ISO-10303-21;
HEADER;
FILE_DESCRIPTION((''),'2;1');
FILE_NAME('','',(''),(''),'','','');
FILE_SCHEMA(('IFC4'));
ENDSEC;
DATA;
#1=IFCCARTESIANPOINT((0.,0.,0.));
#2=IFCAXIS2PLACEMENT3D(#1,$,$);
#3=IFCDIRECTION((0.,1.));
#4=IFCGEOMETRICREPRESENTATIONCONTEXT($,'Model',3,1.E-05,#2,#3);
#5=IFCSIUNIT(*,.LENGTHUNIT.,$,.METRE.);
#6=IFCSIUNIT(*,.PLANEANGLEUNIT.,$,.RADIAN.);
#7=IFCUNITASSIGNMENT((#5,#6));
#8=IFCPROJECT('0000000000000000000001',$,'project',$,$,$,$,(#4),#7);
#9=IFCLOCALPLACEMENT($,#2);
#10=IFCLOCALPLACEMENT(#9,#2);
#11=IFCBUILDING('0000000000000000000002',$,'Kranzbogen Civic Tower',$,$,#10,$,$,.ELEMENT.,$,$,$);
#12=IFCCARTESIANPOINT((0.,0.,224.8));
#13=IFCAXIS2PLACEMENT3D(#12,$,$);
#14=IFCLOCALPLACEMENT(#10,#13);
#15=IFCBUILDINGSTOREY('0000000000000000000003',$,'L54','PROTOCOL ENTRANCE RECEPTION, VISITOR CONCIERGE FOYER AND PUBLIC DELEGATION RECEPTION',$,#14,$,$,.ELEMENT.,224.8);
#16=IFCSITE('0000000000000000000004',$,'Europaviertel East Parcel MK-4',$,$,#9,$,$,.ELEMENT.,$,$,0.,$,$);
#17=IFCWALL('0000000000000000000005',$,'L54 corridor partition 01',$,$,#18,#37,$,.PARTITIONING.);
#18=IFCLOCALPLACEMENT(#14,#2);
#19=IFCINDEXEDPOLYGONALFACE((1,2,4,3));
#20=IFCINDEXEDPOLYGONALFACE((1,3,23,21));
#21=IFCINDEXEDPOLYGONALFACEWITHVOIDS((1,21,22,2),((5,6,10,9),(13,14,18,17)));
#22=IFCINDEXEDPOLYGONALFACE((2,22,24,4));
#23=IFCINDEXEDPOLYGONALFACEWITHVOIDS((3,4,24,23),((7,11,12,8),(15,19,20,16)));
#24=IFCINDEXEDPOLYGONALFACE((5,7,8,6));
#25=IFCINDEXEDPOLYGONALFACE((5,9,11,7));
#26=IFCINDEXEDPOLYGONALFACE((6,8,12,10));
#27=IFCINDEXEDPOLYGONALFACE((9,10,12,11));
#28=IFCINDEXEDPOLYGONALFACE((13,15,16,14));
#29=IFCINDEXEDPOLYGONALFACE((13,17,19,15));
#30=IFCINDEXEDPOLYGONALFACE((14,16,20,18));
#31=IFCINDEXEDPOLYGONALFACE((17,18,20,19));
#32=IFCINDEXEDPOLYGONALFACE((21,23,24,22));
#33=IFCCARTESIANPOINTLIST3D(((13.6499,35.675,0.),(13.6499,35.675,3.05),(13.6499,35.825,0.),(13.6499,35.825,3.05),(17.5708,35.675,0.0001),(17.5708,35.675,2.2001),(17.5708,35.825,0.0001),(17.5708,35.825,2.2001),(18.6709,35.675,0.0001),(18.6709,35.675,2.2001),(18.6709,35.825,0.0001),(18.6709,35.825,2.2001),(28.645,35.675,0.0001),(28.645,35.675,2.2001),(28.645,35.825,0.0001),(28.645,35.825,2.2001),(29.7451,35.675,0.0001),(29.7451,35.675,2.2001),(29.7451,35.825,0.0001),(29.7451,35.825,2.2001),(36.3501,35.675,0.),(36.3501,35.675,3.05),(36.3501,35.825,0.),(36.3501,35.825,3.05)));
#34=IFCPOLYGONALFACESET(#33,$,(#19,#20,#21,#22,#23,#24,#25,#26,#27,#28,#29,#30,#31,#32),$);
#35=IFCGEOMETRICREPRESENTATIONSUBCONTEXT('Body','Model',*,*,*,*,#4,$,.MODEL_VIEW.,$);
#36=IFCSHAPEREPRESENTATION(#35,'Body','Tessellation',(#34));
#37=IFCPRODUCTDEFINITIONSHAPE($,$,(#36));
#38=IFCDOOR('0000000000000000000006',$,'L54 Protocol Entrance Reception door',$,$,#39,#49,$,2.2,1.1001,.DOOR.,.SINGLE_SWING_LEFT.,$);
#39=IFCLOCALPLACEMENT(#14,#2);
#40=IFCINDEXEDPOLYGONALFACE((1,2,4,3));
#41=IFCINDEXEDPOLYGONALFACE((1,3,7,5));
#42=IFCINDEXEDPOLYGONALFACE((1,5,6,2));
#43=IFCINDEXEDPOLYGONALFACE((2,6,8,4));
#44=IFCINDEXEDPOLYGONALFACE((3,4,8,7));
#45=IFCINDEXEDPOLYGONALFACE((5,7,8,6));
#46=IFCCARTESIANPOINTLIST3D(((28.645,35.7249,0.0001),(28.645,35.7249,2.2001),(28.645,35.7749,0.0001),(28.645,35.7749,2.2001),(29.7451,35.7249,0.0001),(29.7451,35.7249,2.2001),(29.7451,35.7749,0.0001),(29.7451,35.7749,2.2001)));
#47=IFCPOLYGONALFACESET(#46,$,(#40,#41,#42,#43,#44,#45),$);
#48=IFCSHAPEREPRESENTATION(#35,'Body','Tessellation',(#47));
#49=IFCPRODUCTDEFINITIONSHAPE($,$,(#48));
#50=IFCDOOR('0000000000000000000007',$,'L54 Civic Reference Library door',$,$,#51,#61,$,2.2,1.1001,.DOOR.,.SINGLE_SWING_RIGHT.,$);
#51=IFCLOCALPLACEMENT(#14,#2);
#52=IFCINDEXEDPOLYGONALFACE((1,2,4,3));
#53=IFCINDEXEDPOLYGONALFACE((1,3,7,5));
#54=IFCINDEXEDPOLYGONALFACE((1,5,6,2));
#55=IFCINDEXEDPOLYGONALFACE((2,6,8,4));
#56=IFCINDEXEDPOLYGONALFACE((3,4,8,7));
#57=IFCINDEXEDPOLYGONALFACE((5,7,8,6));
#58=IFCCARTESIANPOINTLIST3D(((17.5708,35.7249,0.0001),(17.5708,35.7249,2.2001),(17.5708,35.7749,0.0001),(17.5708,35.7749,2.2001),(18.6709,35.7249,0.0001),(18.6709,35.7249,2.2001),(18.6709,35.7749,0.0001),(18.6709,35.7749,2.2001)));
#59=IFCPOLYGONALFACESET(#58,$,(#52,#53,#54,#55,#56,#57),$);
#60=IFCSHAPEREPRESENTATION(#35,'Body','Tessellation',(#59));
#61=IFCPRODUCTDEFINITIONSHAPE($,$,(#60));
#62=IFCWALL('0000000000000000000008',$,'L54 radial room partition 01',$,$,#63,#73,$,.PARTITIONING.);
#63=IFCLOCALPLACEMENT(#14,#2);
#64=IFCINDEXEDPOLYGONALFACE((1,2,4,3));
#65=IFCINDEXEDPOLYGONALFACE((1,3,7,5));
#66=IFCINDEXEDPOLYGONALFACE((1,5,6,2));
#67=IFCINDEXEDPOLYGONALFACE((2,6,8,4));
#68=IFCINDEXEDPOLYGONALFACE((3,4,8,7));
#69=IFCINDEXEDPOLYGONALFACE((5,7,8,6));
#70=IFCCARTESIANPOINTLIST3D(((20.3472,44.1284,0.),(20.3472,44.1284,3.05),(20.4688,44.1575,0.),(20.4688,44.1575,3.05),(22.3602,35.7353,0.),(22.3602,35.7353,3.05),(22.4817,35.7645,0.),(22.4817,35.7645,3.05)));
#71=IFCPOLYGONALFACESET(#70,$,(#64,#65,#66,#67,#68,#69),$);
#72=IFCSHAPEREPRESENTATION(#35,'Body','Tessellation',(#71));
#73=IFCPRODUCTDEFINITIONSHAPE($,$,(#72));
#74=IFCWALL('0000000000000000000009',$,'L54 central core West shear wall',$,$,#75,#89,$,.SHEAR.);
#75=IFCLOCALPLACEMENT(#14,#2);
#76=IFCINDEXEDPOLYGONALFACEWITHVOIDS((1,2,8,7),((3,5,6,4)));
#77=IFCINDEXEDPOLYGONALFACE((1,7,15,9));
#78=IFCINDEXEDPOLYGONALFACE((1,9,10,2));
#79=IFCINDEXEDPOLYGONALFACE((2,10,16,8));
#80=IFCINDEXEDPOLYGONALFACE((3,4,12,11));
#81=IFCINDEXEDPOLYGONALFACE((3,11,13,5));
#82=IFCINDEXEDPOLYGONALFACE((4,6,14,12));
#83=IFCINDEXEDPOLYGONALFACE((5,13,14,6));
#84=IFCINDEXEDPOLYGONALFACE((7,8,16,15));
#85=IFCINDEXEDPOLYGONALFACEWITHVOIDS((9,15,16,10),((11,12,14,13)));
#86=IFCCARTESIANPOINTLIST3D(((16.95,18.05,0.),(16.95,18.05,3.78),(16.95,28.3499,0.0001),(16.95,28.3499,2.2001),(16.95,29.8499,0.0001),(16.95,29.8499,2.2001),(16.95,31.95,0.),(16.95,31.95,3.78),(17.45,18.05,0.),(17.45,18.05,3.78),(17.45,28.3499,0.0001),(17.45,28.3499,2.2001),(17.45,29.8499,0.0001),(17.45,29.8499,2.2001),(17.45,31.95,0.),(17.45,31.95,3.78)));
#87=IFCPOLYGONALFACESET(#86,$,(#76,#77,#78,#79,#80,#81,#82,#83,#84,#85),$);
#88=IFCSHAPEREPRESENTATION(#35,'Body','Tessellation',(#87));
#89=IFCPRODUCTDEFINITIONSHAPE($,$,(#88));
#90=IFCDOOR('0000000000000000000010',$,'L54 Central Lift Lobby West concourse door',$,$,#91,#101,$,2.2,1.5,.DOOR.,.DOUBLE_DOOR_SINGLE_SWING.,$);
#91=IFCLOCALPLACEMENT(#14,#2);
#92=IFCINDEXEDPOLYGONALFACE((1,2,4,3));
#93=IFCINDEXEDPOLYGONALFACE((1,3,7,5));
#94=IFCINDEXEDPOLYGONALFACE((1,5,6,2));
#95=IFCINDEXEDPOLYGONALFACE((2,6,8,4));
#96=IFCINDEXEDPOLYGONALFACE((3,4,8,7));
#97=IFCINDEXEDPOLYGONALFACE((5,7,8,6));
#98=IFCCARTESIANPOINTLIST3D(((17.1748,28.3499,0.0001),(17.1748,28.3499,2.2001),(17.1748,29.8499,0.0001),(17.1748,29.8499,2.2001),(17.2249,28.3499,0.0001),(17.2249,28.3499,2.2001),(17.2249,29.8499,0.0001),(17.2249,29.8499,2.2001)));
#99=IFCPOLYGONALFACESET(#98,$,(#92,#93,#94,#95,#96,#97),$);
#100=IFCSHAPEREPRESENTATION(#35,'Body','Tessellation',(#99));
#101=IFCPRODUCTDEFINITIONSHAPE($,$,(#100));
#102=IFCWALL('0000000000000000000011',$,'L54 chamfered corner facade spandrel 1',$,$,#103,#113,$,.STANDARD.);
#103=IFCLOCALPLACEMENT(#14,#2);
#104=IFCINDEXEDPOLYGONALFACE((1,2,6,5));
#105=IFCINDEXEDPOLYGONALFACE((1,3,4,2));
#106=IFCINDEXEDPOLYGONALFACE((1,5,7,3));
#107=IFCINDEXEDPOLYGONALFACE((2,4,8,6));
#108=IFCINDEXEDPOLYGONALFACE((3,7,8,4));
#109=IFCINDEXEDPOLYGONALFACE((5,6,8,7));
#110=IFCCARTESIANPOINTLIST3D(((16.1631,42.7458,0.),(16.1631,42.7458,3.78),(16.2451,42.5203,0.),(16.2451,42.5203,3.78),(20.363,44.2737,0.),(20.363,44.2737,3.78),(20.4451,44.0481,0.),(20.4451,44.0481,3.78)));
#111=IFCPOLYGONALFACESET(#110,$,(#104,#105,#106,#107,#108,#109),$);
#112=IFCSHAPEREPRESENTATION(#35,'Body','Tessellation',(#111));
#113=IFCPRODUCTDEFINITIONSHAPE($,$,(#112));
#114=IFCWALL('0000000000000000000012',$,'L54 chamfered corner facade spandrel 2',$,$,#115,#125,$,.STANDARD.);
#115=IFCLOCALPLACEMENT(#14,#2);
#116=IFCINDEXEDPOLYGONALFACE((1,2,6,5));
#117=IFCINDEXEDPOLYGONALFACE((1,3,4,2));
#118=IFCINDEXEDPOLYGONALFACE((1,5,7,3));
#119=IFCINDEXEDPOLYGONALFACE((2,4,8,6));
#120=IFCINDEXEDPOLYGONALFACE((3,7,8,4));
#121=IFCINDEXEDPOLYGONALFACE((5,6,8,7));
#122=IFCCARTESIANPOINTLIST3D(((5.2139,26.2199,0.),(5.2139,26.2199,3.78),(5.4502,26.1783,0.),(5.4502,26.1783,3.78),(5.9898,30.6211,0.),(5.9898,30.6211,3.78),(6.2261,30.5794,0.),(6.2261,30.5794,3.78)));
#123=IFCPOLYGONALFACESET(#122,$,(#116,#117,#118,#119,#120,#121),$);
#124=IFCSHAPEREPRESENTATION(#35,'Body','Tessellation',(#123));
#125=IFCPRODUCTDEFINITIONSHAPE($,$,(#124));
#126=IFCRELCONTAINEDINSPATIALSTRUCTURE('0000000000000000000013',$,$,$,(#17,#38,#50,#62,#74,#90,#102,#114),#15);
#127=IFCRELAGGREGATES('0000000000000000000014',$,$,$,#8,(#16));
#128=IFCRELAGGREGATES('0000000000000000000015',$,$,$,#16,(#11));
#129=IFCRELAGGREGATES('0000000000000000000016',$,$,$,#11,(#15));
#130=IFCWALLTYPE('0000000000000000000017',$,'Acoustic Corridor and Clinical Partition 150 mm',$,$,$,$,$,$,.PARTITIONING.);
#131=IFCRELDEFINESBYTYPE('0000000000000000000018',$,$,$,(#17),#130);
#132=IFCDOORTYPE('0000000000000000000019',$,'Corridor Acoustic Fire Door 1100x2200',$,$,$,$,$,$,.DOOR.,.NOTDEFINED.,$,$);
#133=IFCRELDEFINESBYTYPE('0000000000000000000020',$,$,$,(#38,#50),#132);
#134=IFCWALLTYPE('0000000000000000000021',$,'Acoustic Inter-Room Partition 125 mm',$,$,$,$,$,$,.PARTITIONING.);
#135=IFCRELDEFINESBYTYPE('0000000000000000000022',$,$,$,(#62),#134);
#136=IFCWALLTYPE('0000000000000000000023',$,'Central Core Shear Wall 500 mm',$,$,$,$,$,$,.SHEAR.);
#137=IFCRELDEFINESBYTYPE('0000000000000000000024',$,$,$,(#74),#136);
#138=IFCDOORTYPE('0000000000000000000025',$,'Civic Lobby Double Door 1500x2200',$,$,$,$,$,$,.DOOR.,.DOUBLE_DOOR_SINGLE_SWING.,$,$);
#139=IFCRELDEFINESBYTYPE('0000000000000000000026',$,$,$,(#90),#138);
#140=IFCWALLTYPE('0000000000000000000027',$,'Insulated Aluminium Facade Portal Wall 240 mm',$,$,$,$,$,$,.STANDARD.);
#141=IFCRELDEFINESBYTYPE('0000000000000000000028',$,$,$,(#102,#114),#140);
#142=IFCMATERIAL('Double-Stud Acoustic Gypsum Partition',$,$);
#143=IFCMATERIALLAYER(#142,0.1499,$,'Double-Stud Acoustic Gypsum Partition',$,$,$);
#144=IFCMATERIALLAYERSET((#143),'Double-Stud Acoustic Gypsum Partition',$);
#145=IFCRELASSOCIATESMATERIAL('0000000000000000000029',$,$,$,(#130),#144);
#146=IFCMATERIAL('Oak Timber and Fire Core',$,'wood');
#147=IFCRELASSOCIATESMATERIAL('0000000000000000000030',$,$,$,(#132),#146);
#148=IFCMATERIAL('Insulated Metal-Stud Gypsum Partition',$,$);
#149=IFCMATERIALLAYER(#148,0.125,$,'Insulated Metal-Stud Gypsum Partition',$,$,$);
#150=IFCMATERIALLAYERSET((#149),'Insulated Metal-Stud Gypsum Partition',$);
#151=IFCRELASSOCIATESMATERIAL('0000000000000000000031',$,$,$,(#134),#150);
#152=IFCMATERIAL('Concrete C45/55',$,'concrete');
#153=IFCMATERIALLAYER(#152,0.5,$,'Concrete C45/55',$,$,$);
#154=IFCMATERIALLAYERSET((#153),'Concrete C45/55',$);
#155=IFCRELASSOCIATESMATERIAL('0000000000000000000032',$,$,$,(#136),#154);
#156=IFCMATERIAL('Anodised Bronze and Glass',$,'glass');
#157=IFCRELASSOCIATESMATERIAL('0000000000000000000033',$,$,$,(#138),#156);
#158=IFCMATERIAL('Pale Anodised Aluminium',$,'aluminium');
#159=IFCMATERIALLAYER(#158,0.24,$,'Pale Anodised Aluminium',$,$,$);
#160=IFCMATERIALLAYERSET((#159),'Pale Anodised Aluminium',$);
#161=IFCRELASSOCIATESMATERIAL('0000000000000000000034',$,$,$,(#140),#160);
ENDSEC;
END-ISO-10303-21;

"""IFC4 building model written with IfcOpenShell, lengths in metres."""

from ifc_helpers import new_model, si_unit, direction, frame, frame_2d, origin, place, context, subcontext, project, spatial, rectangle, extrude, material, layer, layer_set, type_object, element, fill, save


model = new_model("IFC4")

# Units and contexts
model_context = context("Model", 3, precision=1e-05, world=origin(), true_north=direction((0.0, 1.0)))
body_context = subcontext(model_context, "Body", "Model", "MODEL_VIEW")
ifc_project = project(units=[si_unit("LENGTHUNIT", "METRE"), si_unit("PLANEANGLEUNIT", "RADIAN")], contexts=[model_context])

# Site, building, storey
site_placement = place(None, origin())
site = spatial("IfcSite", under=ifc_project, at=site_placement, Name="Europaviertel East Parcel MK-4", CompositionType="ELEMENT", RefElevation=0.0)
building_placement = place(site_placement, origin())
building = spatial("IfcBuilding", under=site, at=building_placement, Name="Kranzbogen Civic Tower", CompositionType="ELEMENT")
storey_placement = place(building_placement, frame((0.0, 0.0, 224.8)))
storey = spatial("IfcBuildingStorey", under=building, at=storey_placement, Name="L54", Description="PROTOCOL ENTRANCE RECEPTION, VISITOR CONCIERGE FOYER AND PUBLIC DELEGATION RECEPTION", CompositionType="ELEMENT", Elevation=224.8)

# Shared definitions
ifc_material_1 = material(Name="Pale Anodised Aluminium", Category="aluminium")

# Wall, openings, doors
ifc_material_2 = material(Name="Double-Stud Acoustic Gypsum Partition")
ifc_layer_1 = layer(ifc_material_2, 0.1499, Name="Double-Stud Acoustic Gypsum Partition")
ifc_layer_set_1 = layer_set([ifc_layer_1], Name="Double-Stud Acoustic Gypsum Partition")
wall_type_1 = type_object("IfcWallType", Name="Acoustic Corridor and Clinical Partition 150 mm", PredefinedType="PARTITIONING", material=ifc_layer_set_1)
wall_1_placement = place(storey_placement, frame((13.6499, 35.75, 0.0), z_axis=(0.0, 0.0, 1.0), x_axis=(1.0, 0.0, 0.0)))
wall_1 = element("IfcWall", 1, at=wall_1_placement, inside=storey, type_object=wall_type_1, Name="L54 corridor partition 01", PredefinedType="PARTITIONING", context=body_context, shape_type="SweptSolid", body=[
    extrude(rectangle(XDim=22.7002, YDim=0.1499, at=frame_2d((11.3501, 0.0))), origin(), (0.0, 0.0, 1.0), 3.05),
])
opening_1_placement = place(wall_1_placement, frame((14.9951, 0.0, 0.0)))
opening_1 = element("IfcOpeningElement", 2, at=opening_1_placement, cuts=wall_1, PredefinedType="OPENING", context=body_context, shape_type="SweptSolid", body=[
    extrude(rectangle(XDim=1.1001, YDim=2.2, at=frame_2d((0.55, 1.1001))), frame((0.0, 0.085, 0.0), z_axis=(0.0, -1.0, 0.0), x_axis=(1.0, 0.0, 0.0)), (0.0, 0.0, 1.0), 0.1699),
])
opening_2_placement = place(wall_1_placement, frame((3.9209, 0.0, 0.0)))
opening_2 = element("IfcOpeningElement", 3, at=opening_2_placement, cuts=wall_1, PredefinedType="OPENING", context=body_context, shape_type="SweptSolid", body=[
    extrude(rectangle(XDim=1.1001, YDim=2.2, at=frame_2d((0.55, 1.1001))), frame((0.0, 0.085, 0.0), z_axis=(0.0, -1.0, 0.0), x_axis=(1.0, 0.0, 0.0)), (0.0, 0.0, 1.0), 0.1699),
])
ifc_material_3 = material(Name="Oak Timber and Fire Core", Category="wood")
door_type_1 = type_object("IfcDoorType", Name="Corridor Acoustic Fire Door 1100x2200", OperationType="NOTDEFINED", PredefinedType="DOOR", material=ifc_material_3)
door_1_placement = place(opening_1_placement, origin())
door_1 = element("IfcDoor", 4, at=door_1_placement, inside=storey, type_object=door_type_1, Name="L54 Protocol Entrance Reception door", OperationType="SINGLE_SWING_LEFT", OverallHeight=2.2, OverallWidth=1.1001, PredefinedType="DOOR", context=body_context, shape_type="SweptSolid", body=[
    extrude(rectangle(XDim=1.1001, YDim=2.2, at=frame_2d((0.55, 1.1001))), frame((0.0, 0.0249, 0.0), z_axis=(0.0, -1.0, 0.0), x_axis=(1.0, 0.0, 0.0)), (0.0, 0.0, 1.0), 0.05),
])
fill(opening_1, door_1)
door_2_placement = place(opening_2_placement, origin())
door_2 = element("IfcDoor", 5, at=door_2_placement, inside=storey, type_object=door_type_1, Name="L54 Civic Reference Library door", OperationType="SINGLE_SWING_RIGHT", OverallHeight=2.2, OverallWidth=1.1001, PredefinedType="DOOR", context=body_context, shape_type="SweptSolid", body=[
    extrude(rectangle(XDim=1.1001, YDim=2.2, at=frame_2d((0.55, 1.1001))), frame((0.0, 0.0249, 0.0), z_axis=(0.0, -1.0, 0.0), x_axis=(1.0, 0.0, 0.0)), (0.0, 0.0, 1.0), 0.05),
])
fill(opening_2, door_2)

# Wall
ifc_material_4 = material(Name="Insulated Metal-Stud Gypsum Partition")
ifc_layer_2 = layer(ifc_material_4, 0.125, Name="Insulated Metal-Stud Gypsum Partition")
ifc_layer_set_2 = layer_set([ifc_layer_2], Name="Insulated Metal-Stud Gypsum Partition")
wall_type_2 = type_object("IfcWallType", Name="Acoustic Inter-Room Partition 125 mm", PredefinedType="PARTITIONING", material=ifc_layer_set_2)
wall_2_placement = place(storey_placement, frame((22.4209, 35.75, 0.0), z_axis=(0.0, 0.0, 1.0), x_axis=(-0.23322, 0.972424, 0.0)))
element("IfcWall", 6, at=wall_2_placement, inside=storey, type_object=wall_type_2, Name="L54 radial room partition 01", PredefinedType="PARTITIONING", context=body_context, shape_type="SweptSolid", body=[
    extrude(rectangle(XDim=8.6311, YDim=0.125, at=frame_2d((4.3154, 0.0))), origin(), (0.0, 0.0, 1.0), 3.05),
])

# Wall, opening, door
ifc_material_5 = material(Name="Concrete C45/55", Category="concrete")
ifc_layer_3 = layer(ifc_material_5, 0.5, Name="Concrete C45/55")
ifc_layer_set_3 = layer_set([ifc_layer_3], Name="Concrete C45/55")
wall_type_3 = type_object("IfcWallType", Name="Central Core Shear Wall 500 mm", PredefinedType="SHEAR", material=ifc_layer_set_3)
wall_3_placement = place(storey_placement, frame((17.2, 31.95, 0.0), z_axis=(0.0, 0.0, 1.0), x_axis=(0.0, -1.0, 0.0)))
wall_3 = element("IfcWall", 7, at=wall_3_placement, inside=storey, type_object=wall_type_3, Name="L54 central core West shear wall", PredefinedType="SHEAR", context=body_context, shape_type="SweptSolid", body=[
    extrude(rectangle(XDim=13.8999, YDim=0.5, at=frame_2d((6.95, 0.0))), origin(), (0.0, 0.0, 1.0), 3.78),
])
opening_3_placement = place(wall_3_placement, frame((2.1001, 0.0, 0.0)))
opening_3 = element("IfcOpeningElement", 8, at=opening_3_placement, cuts=wall_3, PredefinedType="OPENING", context=body_context, shape_type="SweptSolid", body=[
    extrude(rectangle(XDim=1.5, YDim=2.2, at=frame_2d((0.75, 1.1001))), frame((0.0, 0.26, 0.0), z_axis=(0.0, -1.0, 0.0), x_axis=(1.0, 0.0, 0.0)), (0.0, 0.0, 1.0), 0.52),
])
ifc_material_6 = material(Name="Anodised Bronze and Glass", Category="glass")
door_type_2 = type_object("IfcDoorType", Name="Civic Lobby Double Door 1500x2200", OperationType="DOUBLE_DOOR_SINGLE_SWING", PredefinedType="DOOR", material=ifc_material_6)
door_3_placement = place(opening_3_placement, origin())
door_3 = element("IfcDoor", 9, at=door_3_placement, inside=storey, type_object=door_type_2, Name="L54 Central Lift Lobby West concourse door", OperationType="DOUBLE_DOOR_SINGLE_SWING", OverallHeight=2.2, OverallWidth=1.5, PredefinedType="DOOR", context=body_context, shape_type="SweptSolid", body=[
    extrude(rectangle(XDim=1.5, YDim=2.2, at=frame_2d((0.75, 1.1001))), frame((0.0, 0.0249, 0.0), z_axis=(0.0, -1.0, 0.0), x_axis=(1.0, 0.0, 0.0)), (0.0, 0.0, 1.0), 0.05),
])
fill(opening_3, door_3)

# Walls
ifc_layer_4 = layer(ifc_material_1, 0.24, Name="Pale Anodised Aluminium")
ifc_layer_set_4 = layer_set([ifc_layer_4], Name="Pale Anodised Aluminium")
wall_type_4 = type_object("IfcWallType", Name="Insulated Aluminium Facade Portal Wall 240 mm", PredefinedType="STANDARD", material=ifc_layer_set_4)
wall_4_placement = place(storey_placement, frame((20.4041, 44.1609, 0.0), z_axis=(0.0, 0.0, 1.0), x_axis=(-0.939752, -0.341857, 0.0)))
element("IfcWall", 10, at=wall_4_placement, inside=storey, type_object=wall_type_4, Name="L54 chamfered corner facade spandrel 1", PredefinedType="STANDARD", context=body_context, shape_type="SweptSolid", body=[
    extrude(rectangle(XDim=4.4692, YDim=0.24, at=frame_2d((2.2346, 0.0))), origin(), (0.0, 0.0, 1.0), 3.78),
])
wall_5_placement = place(storey_placement, frame((6.1079, 30.6001, 0.0), z_axis=(0.0, 0.0, 1.0), x_axis=(-0.173614, -0.984814, 0.0)))
element("IfcWall", 11, at=wall_5_placement, inside=storey, type_object=wall_type_4, Name="L54 chamfered corner facade spandrel 2", PredefinedType="STANDARD", context=body_context, shape_type="SweptSolid", body=[
    extrude(rectangle(XDim=4.469, YDim=0.24, at=frame_2d((2.2344, 0.0))), origin(), (0.0, 0.0, 1.0), 3.78),
])

save(model, "model.ifc")
